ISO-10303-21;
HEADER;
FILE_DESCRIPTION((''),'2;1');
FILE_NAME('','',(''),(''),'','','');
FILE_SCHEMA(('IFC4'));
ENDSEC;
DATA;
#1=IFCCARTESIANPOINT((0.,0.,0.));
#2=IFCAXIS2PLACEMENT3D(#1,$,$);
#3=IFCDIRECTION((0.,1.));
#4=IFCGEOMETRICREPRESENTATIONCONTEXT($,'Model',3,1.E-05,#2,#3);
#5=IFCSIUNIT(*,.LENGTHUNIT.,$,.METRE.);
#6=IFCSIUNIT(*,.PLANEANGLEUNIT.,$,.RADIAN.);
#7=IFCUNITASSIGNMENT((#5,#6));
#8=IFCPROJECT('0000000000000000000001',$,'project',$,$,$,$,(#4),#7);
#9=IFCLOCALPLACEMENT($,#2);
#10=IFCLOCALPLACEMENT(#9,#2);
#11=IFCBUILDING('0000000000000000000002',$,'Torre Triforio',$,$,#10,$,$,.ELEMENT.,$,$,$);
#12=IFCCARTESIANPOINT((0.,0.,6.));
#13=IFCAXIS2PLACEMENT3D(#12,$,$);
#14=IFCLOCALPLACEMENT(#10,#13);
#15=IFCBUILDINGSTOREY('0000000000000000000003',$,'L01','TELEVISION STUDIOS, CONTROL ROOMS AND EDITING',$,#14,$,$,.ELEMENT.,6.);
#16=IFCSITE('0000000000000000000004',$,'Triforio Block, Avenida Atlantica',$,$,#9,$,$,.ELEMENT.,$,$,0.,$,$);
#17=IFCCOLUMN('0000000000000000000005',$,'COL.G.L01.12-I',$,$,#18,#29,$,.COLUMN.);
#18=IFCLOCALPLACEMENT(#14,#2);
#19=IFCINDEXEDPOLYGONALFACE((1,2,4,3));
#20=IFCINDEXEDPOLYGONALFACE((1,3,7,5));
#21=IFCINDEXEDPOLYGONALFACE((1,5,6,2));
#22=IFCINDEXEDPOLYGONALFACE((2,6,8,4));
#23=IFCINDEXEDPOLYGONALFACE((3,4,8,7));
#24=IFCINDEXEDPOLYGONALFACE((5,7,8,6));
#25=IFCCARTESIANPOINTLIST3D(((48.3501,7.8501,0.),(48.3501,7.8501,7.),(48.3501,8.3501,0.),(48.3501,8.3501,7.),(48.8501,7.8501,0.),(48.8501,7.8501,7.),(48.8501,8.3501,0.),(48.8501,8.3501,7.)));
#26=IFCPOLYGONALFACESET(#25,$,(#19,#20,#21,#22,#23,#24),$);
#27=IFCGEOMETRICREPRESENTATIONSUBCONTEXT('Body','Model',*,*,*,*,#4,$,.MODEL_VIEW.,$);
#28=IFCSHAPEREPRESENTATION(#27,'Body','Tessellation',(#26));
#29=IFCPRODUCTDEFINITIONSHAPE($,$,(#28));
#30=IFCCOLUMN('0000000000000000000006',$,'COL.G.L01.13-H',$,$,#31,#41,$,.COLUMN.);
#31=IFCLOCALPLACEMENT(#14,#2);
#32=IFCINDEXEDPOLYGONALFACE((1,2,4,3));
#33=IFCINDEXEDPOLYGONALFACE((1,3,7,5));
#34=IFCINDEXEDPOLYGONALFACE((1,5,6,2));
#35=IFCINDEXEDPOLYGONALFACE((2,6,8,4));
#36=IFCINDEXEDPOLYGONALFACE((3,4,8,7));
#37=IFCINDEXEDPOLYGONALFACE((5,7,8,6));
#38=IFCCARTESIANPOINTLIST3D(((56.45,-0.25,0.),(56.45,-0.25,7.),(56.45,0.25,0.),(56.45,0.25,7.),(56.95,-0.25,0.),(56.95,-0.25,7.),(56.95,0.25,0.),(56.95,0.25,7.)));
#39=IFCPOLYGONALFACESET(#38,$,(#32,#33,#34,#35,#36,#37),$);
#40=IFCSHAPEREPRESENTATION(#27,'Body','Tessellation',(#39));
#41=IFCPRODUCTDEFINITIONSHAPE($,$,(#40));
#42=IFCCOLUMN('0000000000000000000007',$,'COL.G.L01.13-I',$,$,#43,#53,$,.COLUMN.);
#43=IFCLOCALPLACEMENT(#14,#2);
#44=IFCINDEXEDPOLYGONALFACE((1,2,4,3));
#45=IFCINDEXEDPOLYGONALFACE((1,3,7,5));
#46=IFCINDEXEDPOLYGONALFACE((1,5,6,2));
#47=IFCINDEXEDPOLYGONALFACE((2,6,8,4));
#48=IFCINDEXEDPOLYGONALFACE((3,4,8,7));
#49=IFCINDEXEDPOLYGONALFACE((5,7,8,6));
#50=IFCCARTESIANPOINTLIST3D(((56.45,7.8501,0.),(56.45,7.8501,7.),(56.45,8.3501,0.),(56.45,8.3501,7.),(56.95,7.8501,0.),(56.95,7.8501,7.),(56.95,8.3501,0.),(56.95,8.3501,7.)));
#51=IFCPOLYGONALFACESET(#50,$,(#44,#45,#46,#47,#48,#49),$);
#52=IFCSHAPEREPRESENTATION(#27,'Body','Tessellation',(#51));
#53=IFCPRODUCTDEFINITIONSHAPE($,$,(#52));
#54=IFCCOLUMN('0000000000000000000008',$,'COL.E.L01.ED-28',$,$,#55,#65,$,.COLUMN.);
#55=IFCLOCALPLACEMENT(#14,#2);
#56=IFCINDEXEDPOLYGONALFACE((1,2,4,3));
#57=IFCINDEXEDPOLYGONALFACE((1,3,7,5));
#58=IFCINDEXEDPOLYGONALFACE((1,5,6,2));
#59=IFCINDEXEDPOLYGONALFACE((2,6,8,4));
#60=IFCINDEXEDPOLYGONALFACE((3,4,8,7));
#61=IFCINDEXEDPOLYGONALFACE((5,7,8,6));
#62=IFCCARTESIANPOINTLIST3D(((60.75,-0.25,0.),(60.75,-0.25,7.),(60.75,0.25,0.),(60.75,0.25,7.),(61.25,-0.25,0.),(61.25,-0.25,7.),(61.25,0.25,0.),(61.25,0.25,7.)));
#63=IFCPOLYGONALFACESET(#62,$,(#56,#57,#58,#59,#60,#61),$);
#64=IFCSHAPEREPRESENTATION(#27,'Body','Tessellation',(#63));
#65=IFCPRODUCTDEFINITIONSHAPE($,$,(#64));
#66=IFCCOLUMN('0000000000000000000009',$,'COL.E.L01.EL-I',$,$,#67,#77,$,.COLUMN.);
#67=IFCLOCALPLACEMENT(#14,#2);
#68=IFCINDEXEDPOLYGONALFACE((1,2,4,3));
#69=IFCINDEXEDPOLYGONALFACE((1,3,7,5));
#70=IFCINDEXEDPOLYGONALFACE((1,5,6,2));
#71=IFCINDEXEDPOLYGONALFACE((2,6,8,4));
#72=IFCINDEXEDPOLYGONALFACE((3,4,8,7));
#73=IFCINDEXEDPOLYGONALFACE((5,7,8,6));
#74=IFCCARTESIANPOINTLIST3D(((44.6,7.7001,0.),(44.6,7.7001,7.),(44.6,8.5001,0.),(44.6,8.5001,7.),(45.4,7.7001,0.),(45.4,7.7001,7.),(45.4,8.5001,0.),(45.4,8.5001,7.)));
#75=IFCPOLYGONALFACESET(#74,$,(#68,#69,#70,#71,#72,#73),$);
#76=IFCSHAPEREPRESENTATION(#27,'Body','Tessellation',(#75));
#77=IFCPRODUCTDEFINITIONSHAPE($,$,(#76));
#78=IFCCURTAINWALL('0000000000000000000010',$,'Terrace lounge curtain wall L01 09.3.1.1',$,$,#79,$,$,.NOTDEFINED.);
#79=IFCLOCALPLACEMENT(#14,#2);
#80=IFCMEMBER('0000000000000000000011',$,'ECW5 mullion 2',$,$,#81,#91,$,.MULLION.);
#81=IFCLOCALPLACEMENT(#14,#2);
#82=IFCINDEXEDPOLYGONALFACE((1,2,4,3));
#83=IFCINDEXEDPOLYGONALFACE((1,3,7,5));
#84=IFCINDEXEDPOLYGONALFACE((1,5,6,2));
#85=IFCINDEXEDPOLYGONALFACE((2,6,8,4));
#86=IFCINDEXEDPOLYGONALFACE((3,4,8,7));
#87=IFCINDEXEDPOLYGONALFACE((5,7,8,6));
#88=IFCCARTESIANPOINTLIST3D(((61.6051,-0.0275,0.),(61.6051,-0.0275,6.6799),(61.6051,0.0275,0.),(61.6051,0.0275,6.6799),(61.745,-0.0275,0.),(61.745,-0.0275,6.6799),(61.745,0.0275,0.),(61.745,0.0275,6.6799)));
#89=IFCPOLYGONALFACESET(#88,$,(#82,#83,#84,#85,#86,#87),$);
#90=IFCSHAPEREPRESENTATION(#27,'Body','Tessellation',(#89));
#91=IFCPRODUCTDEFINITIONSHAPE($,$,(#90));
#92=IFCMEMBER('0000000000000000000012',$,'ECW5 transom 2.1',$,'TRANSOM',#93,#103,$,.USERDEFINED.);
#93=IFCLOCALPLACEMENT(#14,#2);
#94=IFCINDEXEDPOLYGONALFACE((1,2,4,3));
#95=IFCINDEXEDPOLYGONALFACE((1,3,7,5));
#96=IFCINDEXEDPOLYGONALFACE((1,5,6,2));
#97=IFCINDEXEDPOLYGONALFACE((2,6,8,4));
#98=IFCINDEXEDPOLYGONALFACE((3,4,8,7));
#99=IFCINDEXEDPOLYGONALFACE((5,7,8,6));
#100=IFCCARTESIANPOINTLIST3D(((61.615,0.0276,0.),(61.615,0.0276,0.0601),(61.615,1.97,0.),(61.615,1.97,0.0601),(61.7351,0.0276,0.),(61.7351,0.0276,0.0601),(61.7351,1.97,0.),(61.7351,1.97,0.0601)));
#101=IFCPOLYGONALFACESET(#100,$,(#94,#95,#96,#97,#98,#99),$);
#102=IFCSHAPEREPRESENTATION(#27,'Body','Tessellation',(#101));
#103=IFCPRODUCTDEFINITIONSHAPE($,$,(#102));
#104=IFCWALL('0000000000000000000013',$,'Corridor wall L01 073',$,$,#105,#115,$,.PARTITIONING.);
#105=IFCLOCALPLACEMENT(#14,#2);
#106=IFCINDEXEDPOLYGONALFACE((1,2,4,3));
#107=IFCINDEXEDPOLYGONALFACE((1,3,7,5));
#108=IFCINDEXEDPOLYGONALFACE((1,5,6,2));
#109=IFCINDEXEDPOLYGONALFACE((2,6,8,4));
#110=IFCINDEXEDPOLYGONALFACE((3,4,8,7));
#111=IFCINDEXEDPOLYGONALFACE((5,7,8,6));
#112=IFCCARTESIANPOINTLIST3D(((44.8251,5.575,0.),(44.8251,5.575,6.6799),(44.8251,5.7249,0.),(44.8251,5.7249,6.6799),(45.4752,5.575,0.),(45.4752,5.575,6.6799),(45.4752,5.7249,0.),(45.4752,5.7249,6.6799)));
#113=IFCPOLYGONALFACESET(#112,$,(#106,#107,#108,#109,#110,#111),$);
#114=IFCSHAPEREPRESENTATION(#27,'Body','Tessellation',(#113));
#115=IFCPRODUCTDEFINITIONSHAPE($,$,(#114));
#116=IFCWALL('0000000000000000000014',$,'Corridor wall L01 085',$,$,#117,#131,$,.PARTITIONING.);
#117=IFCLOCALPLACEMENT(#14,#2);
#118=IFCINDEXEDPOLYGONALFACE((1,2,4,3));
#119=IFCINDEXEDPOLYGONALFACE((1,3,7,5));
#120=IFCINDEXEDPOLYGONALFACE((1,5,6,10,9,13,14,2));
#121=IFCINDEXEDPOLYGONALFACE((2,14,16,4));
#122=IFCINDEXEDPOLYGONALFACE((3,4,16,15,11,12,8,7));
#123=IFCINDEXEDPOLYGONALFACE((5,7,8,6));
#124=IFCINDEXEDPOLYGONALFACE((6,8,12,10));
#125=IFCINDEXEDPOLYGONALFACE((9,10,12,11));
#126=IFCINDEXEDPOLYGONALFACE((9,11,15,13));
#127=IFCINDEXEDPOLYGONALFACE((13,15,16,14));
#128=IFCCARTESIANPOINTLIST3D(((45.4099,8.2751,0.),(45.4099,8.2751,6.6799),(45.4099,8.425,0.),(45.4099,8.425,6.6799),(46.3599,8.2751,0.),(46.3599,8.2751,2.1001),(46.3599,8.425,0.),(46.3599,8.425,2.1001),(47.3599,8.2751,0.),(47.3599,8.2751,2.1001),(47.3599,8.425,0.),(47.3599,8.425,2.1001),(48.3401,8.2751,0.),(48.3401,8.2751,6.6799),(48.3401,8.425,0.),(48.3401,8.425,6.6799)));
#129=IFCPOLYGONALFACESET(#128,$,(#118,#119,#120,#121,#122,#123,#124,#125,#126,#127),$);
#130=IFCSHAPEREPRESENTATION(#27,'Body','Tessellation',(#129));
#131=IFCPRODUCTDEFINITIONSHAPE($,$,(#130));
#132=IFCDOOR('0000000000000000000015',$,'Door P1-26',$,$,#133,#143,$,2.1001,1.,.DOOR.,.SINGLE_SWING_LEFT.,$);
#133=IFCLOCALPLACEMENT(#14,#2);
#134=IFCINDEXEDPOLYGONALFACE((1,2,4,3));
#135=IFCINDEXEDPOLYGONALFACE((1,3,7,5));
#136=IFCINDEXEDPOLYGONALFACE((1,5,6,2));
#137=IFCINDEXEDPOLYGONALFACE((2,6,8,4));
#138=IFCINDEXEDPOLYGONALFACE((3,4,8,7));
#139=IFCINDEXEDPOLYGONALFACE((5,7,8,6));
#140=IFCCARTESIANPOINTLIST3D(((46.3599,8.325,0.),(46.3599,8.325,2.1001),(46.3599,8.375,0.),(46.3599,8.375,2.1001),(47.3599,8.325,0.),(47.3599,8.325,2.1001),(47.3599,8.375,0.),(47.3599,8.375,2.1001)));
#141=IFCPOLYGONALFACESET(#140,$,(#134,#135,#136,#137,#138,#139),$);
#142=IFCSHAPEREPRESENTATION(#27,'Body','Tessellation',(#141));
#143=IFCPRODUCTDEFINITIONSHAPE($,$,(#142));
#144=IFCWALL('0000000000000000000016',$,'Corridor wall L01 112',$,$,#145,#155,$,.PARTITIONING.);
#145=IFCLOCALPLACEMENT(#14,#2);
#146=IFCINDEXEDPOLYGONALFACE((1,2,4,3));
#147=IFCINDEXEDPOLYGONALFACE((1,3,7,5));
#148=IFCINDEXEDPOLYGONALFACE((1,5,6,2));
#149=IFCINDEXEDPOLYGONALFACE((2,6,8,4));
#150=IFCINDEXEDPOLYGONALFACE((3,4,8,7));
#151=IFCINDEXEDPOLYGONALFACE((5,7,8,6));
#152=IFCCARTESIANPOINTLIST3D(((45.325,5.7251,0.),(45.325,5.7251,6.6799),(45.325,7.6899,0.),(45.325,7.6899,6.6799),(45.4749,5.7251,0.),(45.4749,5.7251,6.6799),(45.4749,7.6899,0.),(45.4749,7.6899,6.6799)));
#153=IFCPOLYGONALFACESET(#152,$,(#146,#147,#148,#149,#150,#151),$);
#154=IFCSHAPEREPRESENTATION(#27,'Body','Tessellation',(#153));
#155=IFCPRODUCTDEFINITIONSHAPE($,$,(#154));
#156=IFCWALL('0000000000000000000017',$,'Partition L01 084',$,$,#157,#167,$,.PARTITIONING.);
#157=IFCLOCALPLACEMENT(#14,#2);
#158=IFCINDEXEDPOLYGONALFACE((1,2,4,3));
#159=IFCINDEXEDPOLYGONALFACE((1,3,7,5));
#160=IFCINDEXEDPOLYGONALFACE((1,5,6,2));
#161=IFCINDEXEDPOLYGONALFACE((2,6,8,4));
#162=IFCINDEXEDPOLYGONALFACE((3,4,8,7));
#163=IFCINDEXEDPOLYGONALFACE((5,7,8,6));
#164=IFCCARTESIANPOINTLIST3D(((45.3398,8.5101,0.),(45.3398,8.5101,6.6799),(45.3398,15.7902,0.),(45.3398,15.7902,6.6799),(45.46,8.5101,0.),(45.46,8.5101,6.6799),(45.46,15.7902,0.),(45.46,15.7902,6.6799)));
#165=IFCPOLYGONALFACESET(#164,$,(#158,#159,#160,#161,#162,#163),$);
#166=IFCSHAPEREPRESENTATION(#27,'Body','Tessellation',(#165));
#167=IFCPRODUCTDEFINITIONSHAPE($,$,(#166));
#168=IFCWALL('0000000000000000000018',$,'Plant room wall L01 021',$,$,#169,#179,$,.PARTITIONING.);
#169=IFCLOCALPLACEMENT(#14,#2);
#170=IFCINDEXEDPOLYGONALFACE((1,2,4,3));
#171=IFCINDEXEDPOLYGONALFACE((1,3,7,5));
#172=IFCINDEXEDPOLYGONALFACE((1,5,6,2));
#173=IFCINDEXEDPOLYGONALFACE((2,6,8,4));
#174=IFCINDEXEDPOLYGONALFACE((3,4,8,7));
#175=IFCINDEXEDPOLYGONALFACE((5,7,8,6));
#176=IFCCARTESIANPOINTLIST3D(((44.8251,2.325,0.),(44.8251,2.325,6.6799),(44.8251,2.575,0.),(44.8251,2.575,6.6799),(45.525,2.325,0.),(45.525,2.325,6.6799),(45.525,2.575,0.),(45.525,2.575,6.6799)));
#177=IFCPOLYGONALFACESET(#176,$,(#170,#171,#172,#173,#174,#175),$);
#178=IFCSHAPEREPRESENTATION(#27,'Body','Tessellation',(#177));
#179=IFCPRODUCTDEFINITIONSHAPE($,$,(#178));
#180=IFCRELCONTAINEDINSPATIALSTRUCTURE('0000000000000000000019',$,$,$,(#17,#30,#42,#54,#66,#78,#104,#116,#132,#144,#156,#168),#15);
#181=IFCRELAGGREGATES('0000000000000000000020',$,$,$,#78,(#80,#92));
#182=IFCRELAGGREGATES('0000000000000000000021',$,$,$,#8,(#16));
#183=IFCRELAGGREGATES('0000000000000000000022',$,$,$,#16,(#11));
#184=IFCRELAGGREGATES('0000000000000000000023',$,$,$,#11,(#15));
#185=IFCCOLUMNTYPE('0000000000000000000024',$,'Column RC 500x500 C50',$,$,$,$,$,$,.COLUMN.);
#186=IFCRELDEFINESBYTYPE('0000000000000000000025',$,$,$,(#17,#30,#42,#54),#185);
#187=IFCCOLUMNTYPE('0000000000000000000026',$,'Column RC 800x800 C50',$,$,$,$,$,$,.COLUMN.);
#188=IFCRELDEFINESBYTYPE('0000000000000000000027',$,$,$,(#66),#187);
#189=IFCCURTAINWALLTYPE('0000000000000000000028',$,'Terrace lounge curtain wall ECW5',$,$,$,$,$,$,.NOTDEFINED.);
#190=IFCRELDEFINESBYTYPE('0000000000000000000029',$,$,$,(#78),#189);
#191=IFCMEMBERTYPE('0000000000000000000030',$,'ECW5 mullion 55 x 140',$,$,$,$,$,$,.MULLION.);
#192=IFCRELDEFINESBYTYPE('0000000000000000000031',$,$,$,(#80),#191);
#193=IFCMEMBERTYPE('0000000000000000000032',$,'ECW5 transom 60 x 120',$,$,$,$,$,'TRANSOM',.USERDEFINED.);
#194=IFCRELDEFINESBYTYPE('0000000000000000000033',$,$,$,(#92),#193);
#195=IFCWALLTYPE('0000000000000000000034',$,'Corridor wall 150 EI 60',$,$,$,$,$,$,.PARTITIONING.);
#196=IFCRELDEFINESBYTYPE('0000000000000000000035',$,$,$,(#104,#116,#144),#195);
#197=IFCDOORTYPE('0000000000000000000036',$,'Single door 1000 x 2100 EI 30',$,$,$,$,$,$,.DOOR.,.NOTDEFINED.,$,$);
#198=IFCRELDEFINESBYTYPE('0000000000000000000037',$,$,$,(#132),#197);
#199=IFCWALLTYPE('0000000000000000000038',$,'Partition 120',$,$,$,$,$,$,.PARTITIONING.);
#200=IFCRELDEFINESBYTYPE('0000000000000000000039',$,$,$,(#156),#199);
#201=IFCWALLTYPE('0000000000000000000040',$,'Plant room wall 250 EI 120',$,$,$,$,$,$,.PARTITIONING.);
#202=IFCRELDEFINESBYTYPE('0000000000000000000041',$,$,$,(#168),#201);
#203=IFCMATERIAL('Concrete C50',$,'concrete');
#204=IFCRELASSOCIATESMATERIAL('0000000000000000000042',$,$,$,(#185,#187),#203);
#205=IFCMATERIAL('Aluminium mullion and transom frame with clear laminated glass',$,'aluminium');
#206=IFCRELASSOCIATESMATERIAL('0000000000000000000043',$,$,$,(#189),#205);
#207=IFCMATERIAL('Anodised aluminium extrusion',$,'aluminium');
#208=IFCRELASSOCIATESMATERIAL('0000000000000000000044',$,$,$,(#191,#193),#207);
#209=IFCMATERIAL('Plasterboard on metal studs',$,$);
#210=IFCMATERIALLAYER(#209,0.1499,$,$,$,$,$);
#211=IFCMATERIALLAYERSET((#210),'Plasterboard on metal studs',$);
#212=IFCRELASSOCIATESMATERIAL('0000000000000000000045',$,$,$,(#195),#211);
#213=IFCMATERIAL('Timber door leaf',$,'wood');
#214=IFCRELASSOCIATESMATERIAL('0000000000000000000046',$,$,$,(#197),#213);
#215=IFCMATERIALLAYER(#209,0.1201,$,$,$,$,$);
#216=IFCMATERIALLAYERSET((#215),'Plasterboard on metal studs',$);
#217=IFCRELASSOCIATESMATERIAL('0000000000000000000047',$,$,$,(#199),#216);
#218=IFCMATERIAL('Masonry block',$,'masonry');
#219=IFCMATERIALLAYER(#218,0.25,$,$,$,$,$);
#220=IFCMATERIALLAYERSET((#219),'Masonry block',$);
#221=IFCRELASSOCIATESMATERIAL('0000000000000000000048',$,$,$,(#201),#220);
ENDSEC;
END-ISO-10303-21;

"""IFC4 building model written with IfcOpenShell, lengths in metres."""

from ifc_helpers import new_model, si_unit, direction, frame, frame_2d, origin, origin_2d, place, context, subcontext, project, spatial, rectangle, extrude, material, layer, layer_set, material_profile, profile_set, type_object, element, fill, aggregate, save


model = new_model("IFC4")

# Units and contexts
model_context = context("Model", 3, precision=1e-05, world=origin(), true_north=direction((0.0, 1.0)))
body_context = subcontext(model_context, "Body", "Model", "MODEL_VIEW")
ifc_project = project(units=[si_unit("LENGTHUNIT", "METRE"), si_unit("PLANEANGLEUNIT", "RADIAN")], contexts=[model_context])

# Site, building, storey
site_placement = place(None, origin())
site = spatial("IfcSite", under=ifc_project, at=site_placement, Name="Triforio Block, Avenida Atlantica", CompositionType="ELEMENT", RefElevation=0.0)
building_placement = place(site_placement, origin())
building = spatial("IfcBuilding", under=site, at=building_placement, Name="Torre Triforio", CompositionType="ELEMENT")
storey_placement = place(building_placement, frame((0.0, 0.0, 6.0)))
storey = spatial("IfcBuildingStorey", under=building, at=storey_placement, Name="L01", Description="TELEVISION STUDIOS, CONTROL ROOMS AND EDITING", CompositionType="ELEMENT", Elevation=6.0)

# Columns
ifc_material_1 = material(Name="Concrete C50", Category="concrete")
ifc_material_profile_1 = material_profile(ifc_material_1, rectangle(XDim=0.5, YDim=0.5, at=origin_2d()), Name="RC 500x500")
ifc_profile_set_1 = profile_set([ifc_material_profile_1], Name="Concrete C50")
column_type_1 = type_object("IfcColumnType", Name="Column RC 500x500 C50", PredefinedType="COLUMN", material=ifc_profile_set_1)
for number, where, z_axis, x_axis, name in (
    (1, (48.6001, 8.1001, 0.0), (0.0, 0.0, 1.0), (1.0, 0.0, 0.0), "COL.G.L01.12-I"),
    (2, (56.7, 0.0, 0.0), (0.0, 0.0, 1.0), (1.0, 0.0, 0.0), "COL.G.L01.13-H"),
    (3, (56.7, 8.1001, 0.0), (0.0, 0.0, 1.0), (1.0, 0.0, 0.0), "COL.G.L01.13-I"),
    (4, (61.0, 0.0, 0.0), (0.0, 0.0, 1.0), (1.0, 0.0, 0.0), "COL.E.L01.ED-28"),
):
    element("IfcColumn", number, at=place(storey_placement, frame(where, z_axis=z_axis, x_axis=x_axis)), inside=storey, type_object=column_type_1, Name=name, PredefinedType="COLUMN", context=body_context, shape_type="SweptSolid", body=[
        extrude(rectangle(XDim=0.5, YDim=0.5, at=origin_2d()), origin(), (0.0, 0.0, 1.0), 7.0),
    ])
ifc_material_profile_2 = material_profile(ifc_material_1, rectangle(XDim=0.8, YDim=0.8, at=origin_2d()), Name="RC 800x800")
ifc_profile_set_2 = profile_set([ifc_material_profile_2], Name="Concrete C50")
column_type_2 = type_object("IfcColumnType", Name="Column RC 800x800 C50", PredefinedType="COLUMN", material=ifc_profile_set_2)
column_placement = place(storey_placement, frame((45.0, 8.1001, 0.0), z_axis=(0.0, 0.0, 1.0), x_axis=(1.0, 0.0, 0.0)))
element("IfcColumn", 5, at=column_placement, inside=storey, type_object=column_type_2, Name="COL.E.L01.EL-I", PredefinedType="COLUMN", context=body_context, shape_type="SweptSolid", body=[
    extrude(rectangle(XDim=0.8, YDim=0.8, at=origin_2d()), origin(), (0.0, 0.0, 1.0), 7.0),
])

# Curtain wall, members
ifc_material_2 = material(Name="Aluminium mullion and transom frame with clear laminated glass", Category="aluminium")
curtain_wall_type = type_object("IfcCurtainWallType", Name="Terrace lounge curtain wall ECW5", PredefinedType="NOTDEFINED", material=ifc_material_2)
curtain_wall_placement = place(storey_placement, origin())
curtain_wall = element("IfcCurtainWall", 6, at=curtain_wall_placement, inside=storey, type_object=curtain_wall_type, Name="Terrace lounge curtain wall L01 09.3.1.1", PredefinedType="NOTDEFINED")
ifc_material_3 = material(Name="Anodised aluminium extrusion", Category="aluminium")
ifc_material_profile_3 = material_profile(ifc_material_3, rectangle(XDim=0.1399, YDim=0.0549, at=origin_2d()), Name="ECW5 MULLION 55x140")
ifc_profile_set_3 = profile_set([ifc_material_profile_3], Name="Anodised aluminium extrusion")
member_type_1 = type_object("IfcMemberType", Name="ECW5 mullion 55 x 140", PredefinedType="MULLION", material=ifc_profile_set_3)
member_1_placement = place(storey_placement, frame((61.675, 0.0, 0.0), z_axis=(0.0, 0.0, 1.0), x_axis=(-1.0, 0.0, 0.0)))
member_1 = element("IfcMember", 7, at=member_1_placement, type_object=member_type_1, Name="ECW5 mullion 2", PredefinedType="MULLION", context=body_context, shape_type="SweptSolid", body=[
    extrude(rectangle(XDim=0.1399, YDim=0.0549, at=origin_2d()), origin(), (0.0, 0.0, 1.0), 6.6799),
])
ifc_material_profile_4 = material_profile(ifc_material_3, rectangle(XDim=0.1201, YDim=0.0601, at=origin_2d()), Name="ECW5 TRANSOM 60x120")
ifc_profile_set_4 = profile_set([ifc_material_profile_4], Name="Anodised aluminium extrusion")
member_type_2 = type_object("IfcMemberType", Name="ECW5 transom 60 x 120", ElementType="TRANSOM", PredefinedType="USERDEFINED", material=ifc_profile_set_4)
member_2_placement = place(storey_placement, frame((61.675, 0.0276, 0.03), z_axis=(0.0, 1.0, 0.0), x_axis=(-1.0, 0.0, 0.0)))
member_2 = element("IfcMember", 8, at=member_2_placement, type_object=member_type_2, Name="ECW5 transom 2.1", ObjectType="TRANSOM", PredefinedType="USERDEFINED", context=body_context, shape_type="SweptSolid", body=[
    extrude(rectangle(XDim=0.1201, YDim=0.0601, at=origin_2d()), origin(), (0.0, 0.0, 1.0), 1.9424),
])
aggregate(curtain_wall, [member_1, member_2])

# Wall
ifc_material_4 = material(Name="Plasterboard on metal studs")
ifc_layer_1 = layer(ifc_material_4, 0.1499)
ifc_layer_set_1 = layer_set([ifc_layer_1], Name="Plasterboard on metal studs")
wall_type_1 = type_object("IfcWallType", Name="Corridor wall 150 EI 60", PredefinedType="PARTITIONING", material=ifc_layer_set_1)
wall_1_placement = place(storey_placement, frame((44.825, 5.6499, 0.0), z_axis=(0.0, 0.0, 1.0), x_axis=(1.0, 0.0, 0.0)))
element("IfcWall", 9, at=wall_1_placement, inside=storey, type_object=wall_type_1, Name="Corridor wall L01 073", PredefinedType="PARTITIONING", context=body_context, shape_type="SweptSolid", body=[
    extrude(rectangle(XDim=0.6501, YDim=0.1499, at=frame_2d((0.3252, 0.0))), origin(), (0.0, 0.0, 1.0), 6.6799),
])

# Wall, opening, door
wall_2_placement = place(storey_placement, frame((45.4099, 8.3501, 0.0), z_axis=(0.0, 0.0, 1.0), x_axis=(1.0, 0.0, 0.0)))
wall_2 = element("IfcWall", 10, at=wall_2_placement, inside=storey, type_object=wall_type_1, Name="Corridor wall L01 085", PredefinedType="PARTITIONING", context=body_context, shape_type="SweptSolid", body=[
    extrude(rectangle(XDim=2.9302, YDim=0.1499, at=frame_2d((1.4651, 0.0))), origin(), (0.0, 0.0, 1.0), 6.6799),
])
opening_1_placement = place(wall_2_placement, frame((0.95, 0.0, 0.0)))
opening_1 = element("IfcOpeningElement", 11, at=opening_1_placement, cuts=wall_2, PredefinedType="OPENING", context=body_context, shape_type="SweptSolid", body=[
    extrude(rectangle(XDim=1.0, YDim=2.1001, at=frame_2d((0.5, 1.05))), frame((0.0, 0.085, 0.0), z_axis=(0.0, -1.0, 0.0), x_axis=(1.0, 0.0, 0.0)), (0.0, 0.0, 1.0), 0.1699),
])
ifc_material_5 = material(Name="Timber door leaf", Category="wood")
door_type_1 = type_object("IfcDoorType", Name="Single door 1000 x 2100 EI 30", OperationType="NOTDEFINED", PredefinedType="DOOR", material=ifc_material_5)
door_1_placement = place(opening_1_placement, origin())
door_1 = element("IfcDoor", 12, at=door_1_placement, inside=storey, type_object=door_type_1, Name="Door P1-26", OperationType="SINGLE_SWING_LEFT", OverallHeight=2.1001, OverallWidth=1.0, PredefinedType="DOOR", context=body_context, shape_type="SweptSolid", body=[
    extrude(rectangle(XDim=1.0, YDim=2.1001, at=frame_2d((0.5, 1.05))), frame((0.0, 0.0249, 0.0), z_axis=(0.0, -1.0, 0.0), x_axis=(1.0, 0.0, 0.0)), (0.0, 0.0, 1.0), 0.05),
])
fill(opening_1, door_1)

# Walls
wall_3_placement = place(storey_placement, frame((45.3999, 5.7251, 0.0), z_axis=(0.0, 0.0, 1.0), x_axis=(0.0, 1.0, 0.0)))
element("IfcWall", 13, at=wall_3_placement, inside=storey, type_object=wall_type_1, Name="Corridor wall L01 112", PredefinedType="PARTITIONING", context=body_context, shape_type="SweptSolid", body=[
    extrude(rectangle(XDim=1.9648, YDim=0.1499, at=frame_2d((0.9824, 0.0))), origin(), (0.0, 0.0, 1.0), 6.6799),
])
ifc_layer_2 = layer(ifc_material_4, 0.1201)
ifc_layer_set_2 = layer_set([ifc_layer_2], Name="Plasterboard on metal studs")
wall_type_2 = type_object("IfcWallType", Name="Partition 120", PredefinedType="PARTITIONING", material=ifc_layer_set_2)
wall_4_placement = place(storey_placement, frame((45.3999, 8.51, 0.0), z_axis=(0.0, 0.0, 1.0), x_axis=(0.0, 1.0, 0.0)))
element("IfcWall", 14, at=wall_4_placement, inside=storey, type_object=wall_type_2, Name="Partition L01 084", PredefinedType="PARTITIONING", context=body_context, shape_type="SweptSolid", body=[
    extrude(rectangle(XDim=7.28, YDim=0.1201, at=frame_2d((3.6401, 0.0))), origin(), (0.0, 0.0, 1.0), 6.6799),
])
ifc_material_6 = material(Name="Masonry block", Category="masonry")
ifc_layer_3 = layer(ifc_material_6, 0.25)
ifc_layer_set_3 = layer_set([ifc_layer_3], Name="Masonry block")
wall_type_3 = type_object("IfcWallType", Name="Plant room wall 250 EI 120", PredefinedType="PARTITIONING", material=ifc_layer_set_3)
wall_5_placement = place(storey_placement, frame((44.825, 2.45, 0.0), z_axis=(0.0, 0.0, 1.0), x_axis=(1.0, 0.0, 0.0)))
element("IfcWall", 15, at=wall_5_placement, inside=storey, type_object=wall_type_3, Name="Plant room wall L01 021", PredefinedType="PARTITIONING", context=body_context, shape_type="SweptSolid", body=[
    extrude(rectangle(XDim=0.7, YDim=0.25, at=frame_2d((0.3501, 0.0))), origin(), (0.0, 0.0, 1.0), 6.6799),
])

save(model, "model.ifc")
